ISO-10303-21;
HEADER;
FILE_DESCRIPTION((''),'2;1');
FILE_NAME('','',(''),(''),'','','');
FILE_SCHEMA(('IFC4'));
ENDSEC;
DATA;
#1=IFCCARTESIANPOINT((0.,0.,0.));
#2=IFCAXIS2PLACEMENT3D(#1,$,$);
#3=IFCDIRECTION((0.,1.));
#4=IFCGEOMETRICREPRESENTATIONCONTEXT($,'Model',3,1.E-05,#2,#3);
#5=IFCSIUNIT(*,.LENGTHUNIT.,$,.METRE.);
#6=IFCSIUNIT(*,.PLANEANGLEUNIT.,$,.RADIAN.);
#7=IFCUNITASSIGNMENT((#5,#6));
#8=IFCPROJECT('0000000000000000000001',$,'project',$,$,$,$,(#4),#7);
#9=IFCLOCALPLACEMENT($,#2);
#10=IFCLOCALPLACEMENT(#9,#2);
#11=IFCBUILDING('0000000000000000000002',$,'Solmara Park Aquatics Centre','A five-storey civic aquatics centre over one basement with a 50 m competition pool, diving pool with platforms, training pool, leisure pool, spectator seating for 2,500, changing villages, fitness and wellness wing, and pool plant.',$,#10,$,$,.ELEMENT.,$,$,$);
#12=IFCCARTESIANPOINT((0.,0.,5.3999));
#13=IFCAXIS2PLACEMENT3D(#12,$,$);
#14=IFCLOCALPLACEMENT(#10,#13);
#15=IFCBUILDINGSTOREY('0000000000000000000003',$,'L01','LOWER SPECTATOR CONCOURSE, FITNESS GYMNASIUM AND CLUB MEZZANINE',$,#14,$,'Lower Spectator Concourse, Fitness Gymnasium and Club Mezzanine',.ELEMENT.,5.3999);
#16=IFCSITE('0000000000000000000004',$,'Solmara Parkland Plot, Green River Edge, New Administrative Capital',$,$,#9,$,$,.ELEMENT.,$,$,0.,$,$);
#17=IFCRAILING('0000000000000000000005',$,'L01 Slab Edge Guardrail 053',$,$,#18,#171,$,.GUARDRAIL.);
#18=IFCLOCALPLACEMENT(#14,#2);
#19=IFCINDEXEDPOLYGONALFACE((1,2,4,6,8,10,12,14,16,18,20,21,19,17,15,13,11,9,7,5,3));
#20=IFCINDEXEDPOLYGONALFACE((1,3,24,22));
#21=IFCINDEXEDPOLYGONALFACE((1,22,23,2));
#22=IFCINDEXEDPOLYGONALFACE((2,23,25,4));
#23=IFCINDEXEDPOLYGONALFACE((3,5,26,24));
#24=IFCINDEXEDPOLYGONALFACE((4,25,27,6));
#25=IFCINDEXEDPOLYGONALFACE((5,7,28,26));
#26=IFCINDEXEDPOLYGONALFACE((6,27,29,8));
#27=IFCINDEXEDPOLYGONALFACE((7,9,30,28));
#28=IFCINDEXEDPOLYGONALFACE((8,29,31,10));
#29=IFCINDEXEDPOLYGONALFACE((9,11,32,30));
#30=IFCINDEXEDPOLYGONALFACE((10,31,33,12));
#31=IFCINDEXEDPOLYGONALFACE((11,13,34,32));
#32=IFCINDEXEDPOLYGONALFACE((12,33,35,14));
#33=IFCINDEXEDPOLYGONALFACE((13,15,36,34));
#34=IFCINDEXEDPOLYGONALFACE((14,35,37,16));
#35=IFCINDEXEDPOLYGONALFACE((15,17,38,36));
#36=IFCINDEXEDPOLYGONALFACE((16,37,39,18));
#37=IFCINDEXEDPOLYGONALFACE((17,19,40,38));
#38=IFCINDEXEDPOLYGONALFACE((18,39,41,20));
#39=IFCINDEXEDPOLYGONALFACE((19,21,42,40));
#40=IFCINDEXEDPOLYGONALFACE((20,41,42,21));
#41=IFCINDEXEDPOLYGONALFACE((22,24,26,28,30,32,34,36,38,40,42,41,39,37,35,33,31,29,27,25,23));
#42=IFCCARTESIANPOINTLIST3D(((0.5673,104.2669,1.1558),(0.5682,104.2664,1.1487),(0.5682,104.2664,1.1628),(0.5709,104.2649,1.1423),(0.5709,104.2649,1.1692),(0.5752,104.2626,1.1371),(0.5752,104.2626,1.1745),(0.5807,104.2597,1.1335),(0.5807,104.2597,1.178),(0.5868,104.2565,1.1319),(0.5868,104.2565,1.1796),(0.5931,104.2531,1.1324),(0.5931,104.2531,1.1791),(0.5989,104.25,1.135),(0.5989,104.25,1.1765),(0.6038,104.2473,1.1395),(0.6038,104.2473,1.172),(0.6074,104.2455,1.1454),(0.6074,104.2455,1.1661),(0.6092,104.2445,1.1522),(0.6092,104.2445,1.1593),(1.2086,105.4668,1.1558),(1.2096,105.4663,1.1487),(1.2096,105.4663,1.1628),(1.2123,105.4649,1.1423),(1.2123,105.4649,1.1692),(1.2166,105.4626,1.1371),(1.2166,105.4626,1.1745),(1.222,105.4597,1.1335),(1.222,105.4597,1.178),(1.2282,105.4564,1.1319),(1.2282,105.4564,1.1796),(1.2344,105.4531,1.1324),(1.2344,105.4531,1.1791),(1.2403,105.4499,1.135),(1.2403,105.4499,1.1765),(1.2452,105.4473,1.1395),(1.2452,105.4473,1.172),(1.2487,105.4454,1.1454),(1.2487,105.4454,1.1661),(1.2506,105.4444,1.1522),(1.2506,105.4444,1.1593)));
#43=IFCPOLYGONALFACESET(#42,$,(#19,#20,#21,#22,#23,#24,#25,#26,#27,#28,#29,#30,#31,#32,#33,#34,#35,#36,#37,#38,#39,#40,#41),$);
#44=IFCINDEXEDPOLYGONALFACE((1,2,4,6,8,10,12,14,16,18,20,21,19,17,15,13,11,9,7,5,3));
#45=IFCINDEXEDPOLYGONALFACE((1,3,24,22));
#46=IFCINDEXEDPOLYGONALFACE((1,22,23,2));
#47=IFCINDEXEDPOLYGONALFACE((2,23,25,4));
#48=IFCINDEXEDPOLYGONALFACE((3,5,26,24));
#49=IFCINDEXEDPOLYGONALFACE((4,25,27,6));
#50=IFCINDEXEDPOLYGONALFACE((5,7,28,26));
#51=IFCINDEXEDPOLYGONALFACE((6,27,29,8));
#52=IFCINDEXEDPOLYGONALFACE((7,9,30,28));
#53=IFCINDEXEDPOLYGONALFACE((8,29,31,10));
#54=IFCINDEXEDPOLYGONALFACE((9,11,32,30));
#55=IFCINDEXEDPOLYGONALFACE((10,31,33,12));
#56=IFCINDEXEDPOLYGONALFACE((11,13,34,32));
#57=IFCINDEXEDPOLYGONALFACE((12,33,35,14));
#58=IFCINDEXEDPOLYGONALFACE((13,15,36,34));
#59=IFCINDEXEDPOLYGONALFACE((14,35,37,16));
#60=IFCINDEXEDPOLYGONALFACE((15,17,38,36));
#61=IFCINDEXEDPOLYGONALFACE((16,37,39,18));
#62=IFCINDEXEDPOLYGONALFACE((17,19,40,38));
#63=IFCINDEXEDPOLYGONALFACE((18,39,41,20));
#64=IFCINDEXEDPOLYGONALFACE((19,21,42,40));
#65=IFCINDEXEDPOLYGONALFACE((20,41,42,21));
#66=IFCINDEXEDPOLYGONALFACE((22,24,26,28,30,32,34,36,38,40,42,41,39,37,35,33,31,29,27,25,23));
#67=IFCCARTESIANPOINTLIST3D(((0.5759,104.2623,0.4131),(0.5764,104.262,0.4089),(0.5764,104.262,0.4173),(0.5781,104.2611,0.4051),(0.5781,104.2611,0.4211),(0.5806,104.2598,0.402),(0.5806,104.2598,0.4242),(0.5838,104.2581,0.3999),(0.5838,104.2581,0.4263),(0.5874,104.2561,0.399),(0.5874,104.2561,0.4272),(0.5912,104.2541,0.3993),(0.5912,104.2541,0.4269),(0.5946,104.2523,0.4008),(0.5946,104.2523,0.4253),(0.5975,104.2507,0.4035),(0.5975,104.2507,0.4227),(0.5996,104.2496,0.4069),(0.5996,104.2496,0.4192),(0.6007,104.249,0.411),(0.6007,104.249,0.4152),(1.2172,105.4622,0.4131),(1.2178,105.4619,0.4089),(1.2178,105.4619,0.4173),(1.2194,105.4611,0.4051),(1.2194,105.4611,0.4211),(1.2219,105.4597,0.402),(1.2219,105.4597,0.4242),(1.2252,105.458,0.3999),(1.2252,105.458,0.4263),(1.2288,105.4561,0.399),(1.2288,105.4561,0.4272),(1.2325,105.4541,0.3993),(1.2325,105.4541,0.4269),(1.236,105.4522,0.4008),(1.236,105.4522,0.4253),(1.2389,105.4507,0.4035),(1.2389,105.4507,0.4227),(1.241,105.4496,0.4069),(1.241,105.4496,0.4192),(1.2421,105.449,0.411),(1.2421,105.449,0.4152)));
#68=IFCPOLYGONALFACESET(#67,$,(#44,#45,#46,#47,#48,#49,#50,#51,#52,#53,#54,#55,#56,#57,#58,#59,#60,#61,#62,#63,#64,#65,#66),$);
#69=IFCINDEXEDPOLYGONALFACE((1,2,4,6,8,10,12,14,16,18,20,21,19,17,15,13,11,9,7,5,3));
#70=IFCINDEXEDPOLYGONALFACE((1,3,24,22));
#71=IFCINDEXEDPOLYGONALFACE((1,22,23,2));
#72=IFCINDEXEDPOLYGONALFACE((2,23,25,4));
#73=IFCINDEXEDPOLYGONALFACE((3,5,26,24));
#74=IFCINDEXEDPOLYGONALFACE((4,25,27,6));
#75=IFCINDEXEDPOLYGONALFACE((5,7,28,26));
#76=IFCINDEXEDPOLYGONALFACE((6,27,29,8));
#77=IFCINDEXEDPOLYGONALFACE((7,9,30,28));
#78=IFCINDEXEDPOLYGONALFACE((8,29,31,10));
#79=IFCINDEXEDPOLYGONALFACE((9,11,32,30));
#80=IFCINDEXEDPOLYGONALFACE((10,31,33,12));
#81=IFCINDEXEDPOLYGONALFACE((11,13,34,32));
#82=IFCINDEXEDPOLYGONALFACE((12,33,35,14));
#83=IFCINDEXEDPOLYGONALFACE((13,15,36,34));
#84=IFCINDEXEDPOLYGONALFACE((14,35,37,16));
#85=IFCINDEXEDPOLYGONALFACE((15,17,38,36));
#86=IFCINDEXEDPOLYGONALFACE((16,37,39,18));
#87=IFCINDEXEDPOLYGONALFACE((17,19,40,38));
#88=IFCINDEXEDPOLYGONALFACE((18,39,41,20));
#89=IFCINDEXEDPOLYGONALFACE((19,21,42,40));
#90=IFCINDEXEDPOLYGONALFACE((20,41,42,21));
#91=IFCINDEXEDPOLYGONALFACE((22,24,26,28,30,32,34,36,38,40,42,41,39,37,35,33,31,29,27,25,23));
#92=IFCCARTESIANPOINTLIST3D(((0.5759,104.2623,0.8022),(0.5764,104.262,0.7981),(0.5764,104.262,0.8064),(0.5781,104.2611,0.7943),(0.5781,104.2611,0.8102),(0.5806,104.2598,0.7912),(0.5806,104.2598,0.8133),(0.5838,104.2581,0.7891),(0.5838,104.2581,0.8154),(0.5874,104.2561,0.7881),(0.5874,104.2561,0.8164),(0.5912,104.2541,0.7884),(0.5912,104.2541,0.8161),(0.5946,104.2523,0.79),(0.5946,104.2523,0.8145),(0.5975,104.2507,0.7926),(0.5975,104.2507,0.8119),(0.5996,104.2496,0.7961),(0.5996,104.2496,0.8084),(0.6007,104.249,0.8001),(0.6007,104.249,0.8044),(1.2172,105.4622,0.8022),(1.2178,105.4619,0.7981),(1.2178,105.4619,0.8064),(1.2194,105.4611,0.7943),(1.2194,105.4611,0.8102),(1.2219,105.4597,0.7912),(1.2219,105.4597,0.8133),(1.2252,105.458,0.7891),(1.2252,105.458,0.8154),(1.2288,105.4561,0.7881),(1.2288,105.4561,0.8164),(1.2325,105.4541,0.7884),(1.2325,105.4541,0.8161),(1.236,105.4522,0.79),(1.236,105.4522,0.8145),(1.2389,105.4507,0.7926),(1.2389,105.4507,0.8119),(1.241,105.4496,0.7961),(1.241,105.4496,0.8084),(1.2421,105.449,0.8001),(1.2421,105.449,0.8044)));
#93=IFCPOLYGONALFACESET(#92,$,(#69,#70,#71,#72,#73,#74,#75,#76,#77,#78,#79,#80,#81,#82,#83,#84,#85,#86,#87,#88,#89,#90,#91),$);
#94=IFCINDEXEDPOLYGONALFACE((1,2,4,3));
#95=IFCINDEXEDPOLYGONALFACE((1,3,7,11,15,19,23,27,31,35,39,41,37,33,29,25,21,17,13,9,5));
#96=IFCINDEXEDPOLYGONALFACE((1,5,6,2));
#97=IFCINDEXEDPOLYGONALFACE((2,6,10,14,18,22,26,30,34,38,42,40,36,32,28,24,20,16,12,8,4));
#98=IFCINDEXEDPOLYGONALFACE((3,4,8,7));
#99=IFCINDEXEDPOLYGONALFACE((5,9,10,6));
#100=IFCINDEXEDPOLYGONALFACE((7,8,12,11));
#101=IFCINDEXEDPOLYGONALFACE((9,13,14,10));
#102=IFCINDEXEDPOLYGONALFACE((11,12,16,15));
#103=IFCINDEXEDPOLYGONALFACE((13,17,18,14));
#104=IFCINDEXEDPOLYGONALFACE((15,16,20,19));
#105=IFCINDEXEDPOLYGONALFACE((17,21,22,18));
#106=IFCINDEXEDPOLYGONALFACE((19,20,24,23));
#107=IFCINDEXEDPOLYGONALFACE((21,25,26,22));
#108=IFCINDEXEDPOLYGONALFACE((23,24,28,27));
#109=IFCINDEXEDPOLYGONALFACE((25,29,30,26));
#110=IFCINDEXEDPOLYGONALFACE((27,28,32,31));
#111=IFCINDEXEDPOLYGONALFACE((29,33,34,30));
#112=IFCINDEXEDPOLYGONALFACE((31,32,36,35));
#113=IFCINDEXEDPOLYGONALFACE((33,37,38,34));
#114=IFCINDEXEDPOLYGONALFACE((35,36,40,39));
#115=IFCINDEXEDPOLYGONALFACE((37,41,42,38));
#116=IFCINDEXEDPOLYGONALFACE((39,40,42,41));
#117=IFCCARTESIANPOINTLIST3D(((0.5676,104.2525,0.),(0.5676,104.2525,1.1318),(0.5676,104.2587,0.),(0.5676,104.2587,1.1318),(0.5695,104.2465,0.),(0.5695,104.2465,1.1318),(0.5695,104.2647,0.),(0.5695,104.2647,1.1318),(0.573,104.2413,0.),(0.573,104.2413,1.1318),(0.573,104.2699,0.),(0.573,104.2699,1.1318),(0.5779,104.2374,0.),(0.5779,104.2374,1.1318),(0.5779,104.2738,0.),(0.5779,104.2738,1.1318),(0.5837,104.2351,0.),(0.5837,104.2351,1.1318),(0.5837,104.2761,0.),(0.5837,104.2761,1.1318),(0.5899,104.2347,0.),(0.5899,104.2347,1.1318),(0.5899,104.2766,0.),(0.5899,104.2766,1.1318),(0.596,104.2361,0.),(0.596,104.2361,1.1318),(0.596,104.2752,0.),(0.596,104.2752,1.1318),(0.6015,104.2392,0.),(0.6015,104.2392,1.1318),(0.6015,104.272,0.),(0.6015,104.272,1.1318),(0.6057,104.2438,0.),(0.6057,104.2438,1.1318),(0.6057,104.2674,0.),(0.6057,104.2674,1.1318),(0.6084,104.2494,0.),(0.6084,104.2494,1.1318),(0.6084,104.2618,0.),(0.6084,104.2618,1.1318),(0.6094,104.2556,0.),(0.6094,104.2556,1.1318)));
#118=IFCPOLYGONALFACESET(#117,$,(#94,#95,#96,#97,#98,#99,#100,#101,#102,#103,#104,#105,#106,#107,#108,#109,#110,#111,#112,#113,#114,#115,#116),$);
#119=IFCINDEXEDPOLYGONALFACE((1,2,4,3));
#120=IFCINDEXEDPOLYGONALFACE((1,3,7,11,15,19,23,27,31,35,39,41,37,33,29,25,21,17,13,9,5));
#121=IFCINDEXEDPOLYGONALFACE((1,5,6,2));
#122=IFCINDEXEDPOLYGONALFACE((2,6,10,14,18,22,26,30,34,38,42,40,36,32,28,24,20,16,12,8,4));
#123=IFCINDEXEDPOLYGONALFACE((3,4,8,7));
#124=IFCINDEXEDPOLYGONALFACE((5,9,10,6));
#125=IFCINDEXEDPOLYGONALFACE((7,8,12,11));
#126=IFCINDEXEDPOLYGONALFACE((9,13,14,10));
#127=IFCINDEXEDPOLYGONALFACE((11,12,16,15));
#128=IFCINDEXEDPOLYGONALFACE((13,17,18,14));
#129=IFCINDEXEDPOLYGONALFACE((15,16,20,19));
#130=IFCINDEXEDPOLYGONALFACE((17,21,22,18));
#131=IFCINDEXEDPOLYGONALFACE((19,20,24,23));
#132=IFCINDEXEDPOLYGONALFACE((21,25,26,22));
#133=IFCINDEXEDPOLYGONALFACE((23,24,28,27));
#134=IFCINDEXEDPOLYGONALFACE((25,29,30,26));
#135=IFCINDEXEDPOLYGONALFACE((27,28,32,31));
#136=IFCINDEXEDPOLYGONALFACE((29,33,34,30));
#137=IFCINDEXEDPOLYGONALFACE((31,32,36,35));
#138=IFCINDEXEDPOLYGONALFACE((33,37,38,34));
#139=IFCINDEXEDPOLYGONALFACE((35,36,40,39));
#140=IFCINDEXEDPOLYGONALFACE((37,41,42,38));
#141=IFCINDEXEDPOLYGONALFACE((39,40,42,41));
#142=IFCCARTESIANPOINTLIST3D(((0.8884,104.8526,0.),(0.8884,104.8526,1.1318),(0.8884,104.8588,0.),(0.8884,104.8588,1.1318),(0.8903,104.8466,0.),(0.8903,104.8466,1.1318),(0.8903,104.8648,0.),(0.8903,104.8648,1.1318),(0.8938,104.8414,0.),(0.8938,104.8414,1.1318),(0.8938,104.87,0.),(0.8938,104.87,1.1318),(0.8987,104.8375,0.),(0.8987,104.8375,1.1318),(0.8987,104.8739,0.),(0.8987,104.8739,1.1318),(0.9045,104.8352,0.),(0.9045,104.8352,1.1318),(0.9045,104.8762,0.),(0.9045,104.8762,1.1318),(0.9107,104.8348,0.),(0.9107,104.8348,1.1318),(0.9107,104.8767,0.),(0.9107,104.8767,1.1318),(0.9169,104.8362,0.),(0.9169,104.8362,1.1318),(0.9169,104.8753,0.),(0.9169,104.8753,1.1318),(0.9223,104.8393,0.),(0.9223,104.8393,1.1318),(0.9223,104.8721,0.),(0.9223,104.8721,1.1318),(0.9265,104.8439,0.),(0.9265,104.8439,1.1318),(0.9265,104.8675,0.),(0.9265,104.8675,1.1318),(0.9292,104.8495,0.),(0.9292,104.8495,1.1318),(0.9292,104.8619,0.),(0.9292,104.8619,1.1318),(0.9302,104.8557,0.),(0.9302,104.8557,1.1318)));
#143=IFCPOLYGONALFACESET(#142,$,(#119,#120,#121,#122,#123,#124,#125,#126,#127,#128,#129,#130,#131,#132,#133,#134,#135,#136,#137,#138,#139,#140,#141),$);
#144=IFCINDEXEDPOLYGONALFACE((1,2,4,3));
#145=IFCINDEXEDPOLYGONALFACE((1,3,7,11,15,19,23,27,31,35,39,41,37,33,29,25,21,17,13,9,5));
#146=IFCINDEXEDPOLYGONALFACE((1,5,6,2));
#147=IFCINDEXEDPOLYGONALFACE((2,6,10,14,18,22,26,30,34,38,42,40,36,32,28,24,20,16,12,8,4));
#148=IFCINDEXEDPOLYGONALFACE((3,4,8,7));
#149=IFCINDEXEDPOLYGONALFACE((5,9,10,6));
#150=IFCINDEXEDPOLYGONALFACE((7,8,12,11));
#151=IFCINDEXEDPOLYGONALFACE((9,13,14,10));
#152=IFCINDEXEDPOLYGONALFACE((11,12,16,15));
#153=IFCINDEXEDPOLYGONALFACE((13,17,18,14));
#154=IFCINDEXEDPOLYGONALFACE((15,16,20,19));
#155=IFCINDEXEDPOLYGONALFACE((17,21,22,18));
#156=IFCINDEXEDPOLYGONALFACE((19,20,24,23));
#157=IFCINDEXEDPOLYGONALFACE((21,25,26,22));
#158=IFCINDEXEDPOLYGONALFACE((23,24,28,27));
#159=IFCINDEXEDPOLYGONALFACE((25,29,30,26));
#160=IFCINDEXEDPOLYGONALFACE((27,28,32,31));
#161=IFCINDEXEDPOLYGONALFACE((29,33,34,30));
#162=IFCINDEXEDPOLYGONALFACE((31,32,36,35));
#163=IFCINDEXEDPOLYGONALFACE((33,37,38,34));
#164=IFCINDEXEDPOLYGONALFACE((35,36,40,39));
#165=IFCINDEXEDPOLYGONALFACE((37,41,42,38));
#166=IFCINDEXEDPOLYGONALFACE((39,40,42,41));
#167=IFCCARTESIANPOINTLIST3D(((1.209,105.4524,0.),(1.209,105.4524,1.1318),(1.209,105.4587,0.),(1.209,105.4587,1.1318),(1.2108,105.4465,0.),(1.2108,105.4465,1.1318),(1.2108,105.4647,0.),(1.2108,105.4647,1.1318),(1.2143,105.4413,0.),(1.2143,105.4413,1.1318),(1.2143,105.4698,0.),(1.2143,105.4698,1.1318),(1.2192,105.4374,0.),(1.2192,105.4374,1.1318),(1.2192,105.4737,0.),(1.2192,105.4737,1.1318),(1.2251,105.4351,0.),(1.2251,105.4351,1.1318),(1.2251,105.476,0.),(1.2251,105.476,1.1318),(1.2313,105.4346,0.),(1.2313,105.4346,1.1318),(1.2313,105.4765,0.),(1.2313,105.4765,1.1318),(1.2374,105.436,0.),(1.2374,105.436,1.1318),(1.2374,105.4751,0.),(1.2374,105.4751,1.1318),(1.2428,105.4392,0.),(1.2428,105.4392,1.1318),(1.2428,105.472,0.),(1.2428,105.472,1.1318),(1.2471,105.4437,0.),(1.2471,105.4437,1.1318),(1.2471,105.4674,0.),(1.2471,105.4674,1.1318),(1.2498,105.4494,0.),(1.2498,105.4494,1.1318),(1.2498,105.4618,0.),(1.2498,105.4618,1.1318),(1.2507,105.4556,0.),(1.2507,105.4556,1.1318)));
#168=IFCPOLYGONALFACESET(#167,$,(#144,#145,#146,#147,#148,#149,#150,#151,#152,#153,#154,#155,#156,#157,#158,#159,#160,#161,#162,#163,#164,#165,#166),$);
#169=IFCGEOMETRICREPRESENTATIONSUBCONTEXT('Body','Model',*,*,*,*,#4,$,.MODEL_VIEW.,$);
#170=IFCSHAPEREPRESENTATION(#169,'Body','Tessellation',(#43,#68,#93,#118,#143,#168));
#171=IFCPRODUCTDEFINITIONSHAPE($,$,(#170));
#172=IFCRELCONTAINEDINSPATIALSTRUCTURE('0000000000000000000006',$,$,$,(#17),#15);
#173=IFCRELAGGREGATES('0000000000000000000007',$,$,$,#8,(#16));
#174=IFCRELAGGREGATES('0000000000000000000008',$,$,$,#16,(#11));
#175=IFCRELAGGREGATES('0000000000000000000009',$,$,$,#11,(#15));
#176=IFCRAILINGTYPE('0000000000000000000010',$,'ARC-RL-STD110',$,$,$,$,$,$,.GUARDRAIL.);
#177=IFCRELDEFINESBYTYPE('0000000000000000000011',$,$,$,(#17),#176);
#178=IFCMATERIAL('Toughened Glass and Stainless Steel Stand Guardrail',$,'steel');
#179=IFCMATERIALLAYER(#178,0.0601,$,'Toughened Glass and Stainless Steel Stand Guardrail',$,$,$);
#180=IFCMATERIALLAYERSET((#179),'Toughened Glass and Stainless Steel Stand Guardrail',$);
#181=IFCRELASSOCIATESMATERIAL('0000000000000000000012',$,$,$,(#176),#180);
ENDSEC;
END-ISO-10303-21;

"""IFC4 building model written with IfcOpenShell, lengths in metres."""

from ifc_helpers import new_model, si_unit, direction, frame, origin, origin_2d, place, context, subcontext, project, spatial, circle, extrude, material, layer, layer_set, type_object, element, save


model = new_model("IFC4")

# Units and contexts
model_context = context("Model", 3, precision=1e-05, world=origin(), true_north=direction((0.0, 1.0)))
body_context = subcontext(model_context, "Body", "Model", "MODEL_VIEW")
ifc_project = project(units=[si_unit("LENGTHUNIT", "METRE"), si_unit("PLANEANGLEUNIT", "RADIAN")], contexts=[model_context])

# Site, building, storey
site_placement = place(None, origin())
site = spatial("IfcSite", under=ifc_project, at=site_placement, Name="Solmara Parkland Plot, Green River Edge, New Administrative Capital", CompositionType="ELEMENT", RefElevation=0.0)
building_placement = place(site_placement, origin())
building = spatial("IfcBuilding", under=site, at=building_placement, Name="Solmara Park Aquatics Centre", Description="A five-storey civic aquatics centre over one basement with a 50 m competition pool, diving pool with platforms, training pool, leisure pool, spectator seating for 2,500, changing villages, fitness and wellness wing, and pool plant.", CompositionType="ELEMENT")
storey_placement = place(building_placement, frame((0.0, 0.0, 5.3999)))
storey = spatial("IfcBuildingStorey", under=building, at=storey_placement, Name="L01", Description="LOWER SPECTATOR CONCOURSE, FITNESS GYMNASIUM AND CLUB MEZZANINE", LongName="Lower Spectator Concourse, Fitness Gymnasium and Club Mezzanine", CompositionType="ELEMENT", Elevation=5.3999)

# Railing
ifc_material_1 = material(Name="Toughened Glass and Stainless Steel Stand Guardrail", Category="steel")
ifc_layer_1 = layer(ifc_material_1, 0.0601, Name="Toughened Glass and Stainless Steel Stand Guardrail")
ifc_layer_set_1 = layer_set([ifc_layer_1], Name="Toughened Glass and Stainless Steel Stand Guardrail")
railing_type = type_object("IfcRailingType", Name="ARC-RL-STD110", PredefinedType="GUARDRAIL", material=ifc_layer_set_1)
railing_1_placement = place(storey_placement, frame((0.5884, 104.2556, 0.0)))
element("IfcRailing", 1, at=railing_1_placement, inside=storey, type_object=railing_type, Name="L01 Slab Edge Guardrail 053", PredefinedType="GUARDRAIL", context=body_context, shape_type="SweptSolid", body=[
    extrude(circle(Radius=0.0239, at=origin_2d()), frame((0.0, 0.0, 1.1558), z_axis=(0.47138, 0.88193, 0.0), x_axis=(-0.88193, 0.47138, 0.0)), (0.0, 0.0, 1.0), 1.3606),
    extrude(circle(Radius=0.0142, at=origin_2d()), frame((0.0, 0.0, 0.4131), z_axis=(0.47138, 0.88193, 0.0), x_axis=(-0.88193, 0.47138, 0.0)), (0.0, 0.0, 1.0), 1.3606),
    extrude(circle(Radius=0.0142, at=origin_2d()), frame((0.0, 0.0, 0.8022), z_axis=(0.47138, 0.88193, 0.0), x_axis=(-0.88193, 0.47138, 0.0)), (0.0, 0.0, 1.0), 1.3606),
    extrude(circle(Radius=0.021, at=origin_2d()), origin(), (0.0, 0.0, 1.0), 1.1318),
    extrude(circle(Radius=0.021, at=origin_2d()), frame((0.3208, 0.6001, 0.0)), (0.0, 0.0, 1.0), 1.1318),
    extrude(circle(Radius=0.021, at=origin_2d()), frame((0.6414, 1.2, 0.0)), (0.0, 0.0, 1.0), 1.1318),
])

save(model, "model.ifc")
